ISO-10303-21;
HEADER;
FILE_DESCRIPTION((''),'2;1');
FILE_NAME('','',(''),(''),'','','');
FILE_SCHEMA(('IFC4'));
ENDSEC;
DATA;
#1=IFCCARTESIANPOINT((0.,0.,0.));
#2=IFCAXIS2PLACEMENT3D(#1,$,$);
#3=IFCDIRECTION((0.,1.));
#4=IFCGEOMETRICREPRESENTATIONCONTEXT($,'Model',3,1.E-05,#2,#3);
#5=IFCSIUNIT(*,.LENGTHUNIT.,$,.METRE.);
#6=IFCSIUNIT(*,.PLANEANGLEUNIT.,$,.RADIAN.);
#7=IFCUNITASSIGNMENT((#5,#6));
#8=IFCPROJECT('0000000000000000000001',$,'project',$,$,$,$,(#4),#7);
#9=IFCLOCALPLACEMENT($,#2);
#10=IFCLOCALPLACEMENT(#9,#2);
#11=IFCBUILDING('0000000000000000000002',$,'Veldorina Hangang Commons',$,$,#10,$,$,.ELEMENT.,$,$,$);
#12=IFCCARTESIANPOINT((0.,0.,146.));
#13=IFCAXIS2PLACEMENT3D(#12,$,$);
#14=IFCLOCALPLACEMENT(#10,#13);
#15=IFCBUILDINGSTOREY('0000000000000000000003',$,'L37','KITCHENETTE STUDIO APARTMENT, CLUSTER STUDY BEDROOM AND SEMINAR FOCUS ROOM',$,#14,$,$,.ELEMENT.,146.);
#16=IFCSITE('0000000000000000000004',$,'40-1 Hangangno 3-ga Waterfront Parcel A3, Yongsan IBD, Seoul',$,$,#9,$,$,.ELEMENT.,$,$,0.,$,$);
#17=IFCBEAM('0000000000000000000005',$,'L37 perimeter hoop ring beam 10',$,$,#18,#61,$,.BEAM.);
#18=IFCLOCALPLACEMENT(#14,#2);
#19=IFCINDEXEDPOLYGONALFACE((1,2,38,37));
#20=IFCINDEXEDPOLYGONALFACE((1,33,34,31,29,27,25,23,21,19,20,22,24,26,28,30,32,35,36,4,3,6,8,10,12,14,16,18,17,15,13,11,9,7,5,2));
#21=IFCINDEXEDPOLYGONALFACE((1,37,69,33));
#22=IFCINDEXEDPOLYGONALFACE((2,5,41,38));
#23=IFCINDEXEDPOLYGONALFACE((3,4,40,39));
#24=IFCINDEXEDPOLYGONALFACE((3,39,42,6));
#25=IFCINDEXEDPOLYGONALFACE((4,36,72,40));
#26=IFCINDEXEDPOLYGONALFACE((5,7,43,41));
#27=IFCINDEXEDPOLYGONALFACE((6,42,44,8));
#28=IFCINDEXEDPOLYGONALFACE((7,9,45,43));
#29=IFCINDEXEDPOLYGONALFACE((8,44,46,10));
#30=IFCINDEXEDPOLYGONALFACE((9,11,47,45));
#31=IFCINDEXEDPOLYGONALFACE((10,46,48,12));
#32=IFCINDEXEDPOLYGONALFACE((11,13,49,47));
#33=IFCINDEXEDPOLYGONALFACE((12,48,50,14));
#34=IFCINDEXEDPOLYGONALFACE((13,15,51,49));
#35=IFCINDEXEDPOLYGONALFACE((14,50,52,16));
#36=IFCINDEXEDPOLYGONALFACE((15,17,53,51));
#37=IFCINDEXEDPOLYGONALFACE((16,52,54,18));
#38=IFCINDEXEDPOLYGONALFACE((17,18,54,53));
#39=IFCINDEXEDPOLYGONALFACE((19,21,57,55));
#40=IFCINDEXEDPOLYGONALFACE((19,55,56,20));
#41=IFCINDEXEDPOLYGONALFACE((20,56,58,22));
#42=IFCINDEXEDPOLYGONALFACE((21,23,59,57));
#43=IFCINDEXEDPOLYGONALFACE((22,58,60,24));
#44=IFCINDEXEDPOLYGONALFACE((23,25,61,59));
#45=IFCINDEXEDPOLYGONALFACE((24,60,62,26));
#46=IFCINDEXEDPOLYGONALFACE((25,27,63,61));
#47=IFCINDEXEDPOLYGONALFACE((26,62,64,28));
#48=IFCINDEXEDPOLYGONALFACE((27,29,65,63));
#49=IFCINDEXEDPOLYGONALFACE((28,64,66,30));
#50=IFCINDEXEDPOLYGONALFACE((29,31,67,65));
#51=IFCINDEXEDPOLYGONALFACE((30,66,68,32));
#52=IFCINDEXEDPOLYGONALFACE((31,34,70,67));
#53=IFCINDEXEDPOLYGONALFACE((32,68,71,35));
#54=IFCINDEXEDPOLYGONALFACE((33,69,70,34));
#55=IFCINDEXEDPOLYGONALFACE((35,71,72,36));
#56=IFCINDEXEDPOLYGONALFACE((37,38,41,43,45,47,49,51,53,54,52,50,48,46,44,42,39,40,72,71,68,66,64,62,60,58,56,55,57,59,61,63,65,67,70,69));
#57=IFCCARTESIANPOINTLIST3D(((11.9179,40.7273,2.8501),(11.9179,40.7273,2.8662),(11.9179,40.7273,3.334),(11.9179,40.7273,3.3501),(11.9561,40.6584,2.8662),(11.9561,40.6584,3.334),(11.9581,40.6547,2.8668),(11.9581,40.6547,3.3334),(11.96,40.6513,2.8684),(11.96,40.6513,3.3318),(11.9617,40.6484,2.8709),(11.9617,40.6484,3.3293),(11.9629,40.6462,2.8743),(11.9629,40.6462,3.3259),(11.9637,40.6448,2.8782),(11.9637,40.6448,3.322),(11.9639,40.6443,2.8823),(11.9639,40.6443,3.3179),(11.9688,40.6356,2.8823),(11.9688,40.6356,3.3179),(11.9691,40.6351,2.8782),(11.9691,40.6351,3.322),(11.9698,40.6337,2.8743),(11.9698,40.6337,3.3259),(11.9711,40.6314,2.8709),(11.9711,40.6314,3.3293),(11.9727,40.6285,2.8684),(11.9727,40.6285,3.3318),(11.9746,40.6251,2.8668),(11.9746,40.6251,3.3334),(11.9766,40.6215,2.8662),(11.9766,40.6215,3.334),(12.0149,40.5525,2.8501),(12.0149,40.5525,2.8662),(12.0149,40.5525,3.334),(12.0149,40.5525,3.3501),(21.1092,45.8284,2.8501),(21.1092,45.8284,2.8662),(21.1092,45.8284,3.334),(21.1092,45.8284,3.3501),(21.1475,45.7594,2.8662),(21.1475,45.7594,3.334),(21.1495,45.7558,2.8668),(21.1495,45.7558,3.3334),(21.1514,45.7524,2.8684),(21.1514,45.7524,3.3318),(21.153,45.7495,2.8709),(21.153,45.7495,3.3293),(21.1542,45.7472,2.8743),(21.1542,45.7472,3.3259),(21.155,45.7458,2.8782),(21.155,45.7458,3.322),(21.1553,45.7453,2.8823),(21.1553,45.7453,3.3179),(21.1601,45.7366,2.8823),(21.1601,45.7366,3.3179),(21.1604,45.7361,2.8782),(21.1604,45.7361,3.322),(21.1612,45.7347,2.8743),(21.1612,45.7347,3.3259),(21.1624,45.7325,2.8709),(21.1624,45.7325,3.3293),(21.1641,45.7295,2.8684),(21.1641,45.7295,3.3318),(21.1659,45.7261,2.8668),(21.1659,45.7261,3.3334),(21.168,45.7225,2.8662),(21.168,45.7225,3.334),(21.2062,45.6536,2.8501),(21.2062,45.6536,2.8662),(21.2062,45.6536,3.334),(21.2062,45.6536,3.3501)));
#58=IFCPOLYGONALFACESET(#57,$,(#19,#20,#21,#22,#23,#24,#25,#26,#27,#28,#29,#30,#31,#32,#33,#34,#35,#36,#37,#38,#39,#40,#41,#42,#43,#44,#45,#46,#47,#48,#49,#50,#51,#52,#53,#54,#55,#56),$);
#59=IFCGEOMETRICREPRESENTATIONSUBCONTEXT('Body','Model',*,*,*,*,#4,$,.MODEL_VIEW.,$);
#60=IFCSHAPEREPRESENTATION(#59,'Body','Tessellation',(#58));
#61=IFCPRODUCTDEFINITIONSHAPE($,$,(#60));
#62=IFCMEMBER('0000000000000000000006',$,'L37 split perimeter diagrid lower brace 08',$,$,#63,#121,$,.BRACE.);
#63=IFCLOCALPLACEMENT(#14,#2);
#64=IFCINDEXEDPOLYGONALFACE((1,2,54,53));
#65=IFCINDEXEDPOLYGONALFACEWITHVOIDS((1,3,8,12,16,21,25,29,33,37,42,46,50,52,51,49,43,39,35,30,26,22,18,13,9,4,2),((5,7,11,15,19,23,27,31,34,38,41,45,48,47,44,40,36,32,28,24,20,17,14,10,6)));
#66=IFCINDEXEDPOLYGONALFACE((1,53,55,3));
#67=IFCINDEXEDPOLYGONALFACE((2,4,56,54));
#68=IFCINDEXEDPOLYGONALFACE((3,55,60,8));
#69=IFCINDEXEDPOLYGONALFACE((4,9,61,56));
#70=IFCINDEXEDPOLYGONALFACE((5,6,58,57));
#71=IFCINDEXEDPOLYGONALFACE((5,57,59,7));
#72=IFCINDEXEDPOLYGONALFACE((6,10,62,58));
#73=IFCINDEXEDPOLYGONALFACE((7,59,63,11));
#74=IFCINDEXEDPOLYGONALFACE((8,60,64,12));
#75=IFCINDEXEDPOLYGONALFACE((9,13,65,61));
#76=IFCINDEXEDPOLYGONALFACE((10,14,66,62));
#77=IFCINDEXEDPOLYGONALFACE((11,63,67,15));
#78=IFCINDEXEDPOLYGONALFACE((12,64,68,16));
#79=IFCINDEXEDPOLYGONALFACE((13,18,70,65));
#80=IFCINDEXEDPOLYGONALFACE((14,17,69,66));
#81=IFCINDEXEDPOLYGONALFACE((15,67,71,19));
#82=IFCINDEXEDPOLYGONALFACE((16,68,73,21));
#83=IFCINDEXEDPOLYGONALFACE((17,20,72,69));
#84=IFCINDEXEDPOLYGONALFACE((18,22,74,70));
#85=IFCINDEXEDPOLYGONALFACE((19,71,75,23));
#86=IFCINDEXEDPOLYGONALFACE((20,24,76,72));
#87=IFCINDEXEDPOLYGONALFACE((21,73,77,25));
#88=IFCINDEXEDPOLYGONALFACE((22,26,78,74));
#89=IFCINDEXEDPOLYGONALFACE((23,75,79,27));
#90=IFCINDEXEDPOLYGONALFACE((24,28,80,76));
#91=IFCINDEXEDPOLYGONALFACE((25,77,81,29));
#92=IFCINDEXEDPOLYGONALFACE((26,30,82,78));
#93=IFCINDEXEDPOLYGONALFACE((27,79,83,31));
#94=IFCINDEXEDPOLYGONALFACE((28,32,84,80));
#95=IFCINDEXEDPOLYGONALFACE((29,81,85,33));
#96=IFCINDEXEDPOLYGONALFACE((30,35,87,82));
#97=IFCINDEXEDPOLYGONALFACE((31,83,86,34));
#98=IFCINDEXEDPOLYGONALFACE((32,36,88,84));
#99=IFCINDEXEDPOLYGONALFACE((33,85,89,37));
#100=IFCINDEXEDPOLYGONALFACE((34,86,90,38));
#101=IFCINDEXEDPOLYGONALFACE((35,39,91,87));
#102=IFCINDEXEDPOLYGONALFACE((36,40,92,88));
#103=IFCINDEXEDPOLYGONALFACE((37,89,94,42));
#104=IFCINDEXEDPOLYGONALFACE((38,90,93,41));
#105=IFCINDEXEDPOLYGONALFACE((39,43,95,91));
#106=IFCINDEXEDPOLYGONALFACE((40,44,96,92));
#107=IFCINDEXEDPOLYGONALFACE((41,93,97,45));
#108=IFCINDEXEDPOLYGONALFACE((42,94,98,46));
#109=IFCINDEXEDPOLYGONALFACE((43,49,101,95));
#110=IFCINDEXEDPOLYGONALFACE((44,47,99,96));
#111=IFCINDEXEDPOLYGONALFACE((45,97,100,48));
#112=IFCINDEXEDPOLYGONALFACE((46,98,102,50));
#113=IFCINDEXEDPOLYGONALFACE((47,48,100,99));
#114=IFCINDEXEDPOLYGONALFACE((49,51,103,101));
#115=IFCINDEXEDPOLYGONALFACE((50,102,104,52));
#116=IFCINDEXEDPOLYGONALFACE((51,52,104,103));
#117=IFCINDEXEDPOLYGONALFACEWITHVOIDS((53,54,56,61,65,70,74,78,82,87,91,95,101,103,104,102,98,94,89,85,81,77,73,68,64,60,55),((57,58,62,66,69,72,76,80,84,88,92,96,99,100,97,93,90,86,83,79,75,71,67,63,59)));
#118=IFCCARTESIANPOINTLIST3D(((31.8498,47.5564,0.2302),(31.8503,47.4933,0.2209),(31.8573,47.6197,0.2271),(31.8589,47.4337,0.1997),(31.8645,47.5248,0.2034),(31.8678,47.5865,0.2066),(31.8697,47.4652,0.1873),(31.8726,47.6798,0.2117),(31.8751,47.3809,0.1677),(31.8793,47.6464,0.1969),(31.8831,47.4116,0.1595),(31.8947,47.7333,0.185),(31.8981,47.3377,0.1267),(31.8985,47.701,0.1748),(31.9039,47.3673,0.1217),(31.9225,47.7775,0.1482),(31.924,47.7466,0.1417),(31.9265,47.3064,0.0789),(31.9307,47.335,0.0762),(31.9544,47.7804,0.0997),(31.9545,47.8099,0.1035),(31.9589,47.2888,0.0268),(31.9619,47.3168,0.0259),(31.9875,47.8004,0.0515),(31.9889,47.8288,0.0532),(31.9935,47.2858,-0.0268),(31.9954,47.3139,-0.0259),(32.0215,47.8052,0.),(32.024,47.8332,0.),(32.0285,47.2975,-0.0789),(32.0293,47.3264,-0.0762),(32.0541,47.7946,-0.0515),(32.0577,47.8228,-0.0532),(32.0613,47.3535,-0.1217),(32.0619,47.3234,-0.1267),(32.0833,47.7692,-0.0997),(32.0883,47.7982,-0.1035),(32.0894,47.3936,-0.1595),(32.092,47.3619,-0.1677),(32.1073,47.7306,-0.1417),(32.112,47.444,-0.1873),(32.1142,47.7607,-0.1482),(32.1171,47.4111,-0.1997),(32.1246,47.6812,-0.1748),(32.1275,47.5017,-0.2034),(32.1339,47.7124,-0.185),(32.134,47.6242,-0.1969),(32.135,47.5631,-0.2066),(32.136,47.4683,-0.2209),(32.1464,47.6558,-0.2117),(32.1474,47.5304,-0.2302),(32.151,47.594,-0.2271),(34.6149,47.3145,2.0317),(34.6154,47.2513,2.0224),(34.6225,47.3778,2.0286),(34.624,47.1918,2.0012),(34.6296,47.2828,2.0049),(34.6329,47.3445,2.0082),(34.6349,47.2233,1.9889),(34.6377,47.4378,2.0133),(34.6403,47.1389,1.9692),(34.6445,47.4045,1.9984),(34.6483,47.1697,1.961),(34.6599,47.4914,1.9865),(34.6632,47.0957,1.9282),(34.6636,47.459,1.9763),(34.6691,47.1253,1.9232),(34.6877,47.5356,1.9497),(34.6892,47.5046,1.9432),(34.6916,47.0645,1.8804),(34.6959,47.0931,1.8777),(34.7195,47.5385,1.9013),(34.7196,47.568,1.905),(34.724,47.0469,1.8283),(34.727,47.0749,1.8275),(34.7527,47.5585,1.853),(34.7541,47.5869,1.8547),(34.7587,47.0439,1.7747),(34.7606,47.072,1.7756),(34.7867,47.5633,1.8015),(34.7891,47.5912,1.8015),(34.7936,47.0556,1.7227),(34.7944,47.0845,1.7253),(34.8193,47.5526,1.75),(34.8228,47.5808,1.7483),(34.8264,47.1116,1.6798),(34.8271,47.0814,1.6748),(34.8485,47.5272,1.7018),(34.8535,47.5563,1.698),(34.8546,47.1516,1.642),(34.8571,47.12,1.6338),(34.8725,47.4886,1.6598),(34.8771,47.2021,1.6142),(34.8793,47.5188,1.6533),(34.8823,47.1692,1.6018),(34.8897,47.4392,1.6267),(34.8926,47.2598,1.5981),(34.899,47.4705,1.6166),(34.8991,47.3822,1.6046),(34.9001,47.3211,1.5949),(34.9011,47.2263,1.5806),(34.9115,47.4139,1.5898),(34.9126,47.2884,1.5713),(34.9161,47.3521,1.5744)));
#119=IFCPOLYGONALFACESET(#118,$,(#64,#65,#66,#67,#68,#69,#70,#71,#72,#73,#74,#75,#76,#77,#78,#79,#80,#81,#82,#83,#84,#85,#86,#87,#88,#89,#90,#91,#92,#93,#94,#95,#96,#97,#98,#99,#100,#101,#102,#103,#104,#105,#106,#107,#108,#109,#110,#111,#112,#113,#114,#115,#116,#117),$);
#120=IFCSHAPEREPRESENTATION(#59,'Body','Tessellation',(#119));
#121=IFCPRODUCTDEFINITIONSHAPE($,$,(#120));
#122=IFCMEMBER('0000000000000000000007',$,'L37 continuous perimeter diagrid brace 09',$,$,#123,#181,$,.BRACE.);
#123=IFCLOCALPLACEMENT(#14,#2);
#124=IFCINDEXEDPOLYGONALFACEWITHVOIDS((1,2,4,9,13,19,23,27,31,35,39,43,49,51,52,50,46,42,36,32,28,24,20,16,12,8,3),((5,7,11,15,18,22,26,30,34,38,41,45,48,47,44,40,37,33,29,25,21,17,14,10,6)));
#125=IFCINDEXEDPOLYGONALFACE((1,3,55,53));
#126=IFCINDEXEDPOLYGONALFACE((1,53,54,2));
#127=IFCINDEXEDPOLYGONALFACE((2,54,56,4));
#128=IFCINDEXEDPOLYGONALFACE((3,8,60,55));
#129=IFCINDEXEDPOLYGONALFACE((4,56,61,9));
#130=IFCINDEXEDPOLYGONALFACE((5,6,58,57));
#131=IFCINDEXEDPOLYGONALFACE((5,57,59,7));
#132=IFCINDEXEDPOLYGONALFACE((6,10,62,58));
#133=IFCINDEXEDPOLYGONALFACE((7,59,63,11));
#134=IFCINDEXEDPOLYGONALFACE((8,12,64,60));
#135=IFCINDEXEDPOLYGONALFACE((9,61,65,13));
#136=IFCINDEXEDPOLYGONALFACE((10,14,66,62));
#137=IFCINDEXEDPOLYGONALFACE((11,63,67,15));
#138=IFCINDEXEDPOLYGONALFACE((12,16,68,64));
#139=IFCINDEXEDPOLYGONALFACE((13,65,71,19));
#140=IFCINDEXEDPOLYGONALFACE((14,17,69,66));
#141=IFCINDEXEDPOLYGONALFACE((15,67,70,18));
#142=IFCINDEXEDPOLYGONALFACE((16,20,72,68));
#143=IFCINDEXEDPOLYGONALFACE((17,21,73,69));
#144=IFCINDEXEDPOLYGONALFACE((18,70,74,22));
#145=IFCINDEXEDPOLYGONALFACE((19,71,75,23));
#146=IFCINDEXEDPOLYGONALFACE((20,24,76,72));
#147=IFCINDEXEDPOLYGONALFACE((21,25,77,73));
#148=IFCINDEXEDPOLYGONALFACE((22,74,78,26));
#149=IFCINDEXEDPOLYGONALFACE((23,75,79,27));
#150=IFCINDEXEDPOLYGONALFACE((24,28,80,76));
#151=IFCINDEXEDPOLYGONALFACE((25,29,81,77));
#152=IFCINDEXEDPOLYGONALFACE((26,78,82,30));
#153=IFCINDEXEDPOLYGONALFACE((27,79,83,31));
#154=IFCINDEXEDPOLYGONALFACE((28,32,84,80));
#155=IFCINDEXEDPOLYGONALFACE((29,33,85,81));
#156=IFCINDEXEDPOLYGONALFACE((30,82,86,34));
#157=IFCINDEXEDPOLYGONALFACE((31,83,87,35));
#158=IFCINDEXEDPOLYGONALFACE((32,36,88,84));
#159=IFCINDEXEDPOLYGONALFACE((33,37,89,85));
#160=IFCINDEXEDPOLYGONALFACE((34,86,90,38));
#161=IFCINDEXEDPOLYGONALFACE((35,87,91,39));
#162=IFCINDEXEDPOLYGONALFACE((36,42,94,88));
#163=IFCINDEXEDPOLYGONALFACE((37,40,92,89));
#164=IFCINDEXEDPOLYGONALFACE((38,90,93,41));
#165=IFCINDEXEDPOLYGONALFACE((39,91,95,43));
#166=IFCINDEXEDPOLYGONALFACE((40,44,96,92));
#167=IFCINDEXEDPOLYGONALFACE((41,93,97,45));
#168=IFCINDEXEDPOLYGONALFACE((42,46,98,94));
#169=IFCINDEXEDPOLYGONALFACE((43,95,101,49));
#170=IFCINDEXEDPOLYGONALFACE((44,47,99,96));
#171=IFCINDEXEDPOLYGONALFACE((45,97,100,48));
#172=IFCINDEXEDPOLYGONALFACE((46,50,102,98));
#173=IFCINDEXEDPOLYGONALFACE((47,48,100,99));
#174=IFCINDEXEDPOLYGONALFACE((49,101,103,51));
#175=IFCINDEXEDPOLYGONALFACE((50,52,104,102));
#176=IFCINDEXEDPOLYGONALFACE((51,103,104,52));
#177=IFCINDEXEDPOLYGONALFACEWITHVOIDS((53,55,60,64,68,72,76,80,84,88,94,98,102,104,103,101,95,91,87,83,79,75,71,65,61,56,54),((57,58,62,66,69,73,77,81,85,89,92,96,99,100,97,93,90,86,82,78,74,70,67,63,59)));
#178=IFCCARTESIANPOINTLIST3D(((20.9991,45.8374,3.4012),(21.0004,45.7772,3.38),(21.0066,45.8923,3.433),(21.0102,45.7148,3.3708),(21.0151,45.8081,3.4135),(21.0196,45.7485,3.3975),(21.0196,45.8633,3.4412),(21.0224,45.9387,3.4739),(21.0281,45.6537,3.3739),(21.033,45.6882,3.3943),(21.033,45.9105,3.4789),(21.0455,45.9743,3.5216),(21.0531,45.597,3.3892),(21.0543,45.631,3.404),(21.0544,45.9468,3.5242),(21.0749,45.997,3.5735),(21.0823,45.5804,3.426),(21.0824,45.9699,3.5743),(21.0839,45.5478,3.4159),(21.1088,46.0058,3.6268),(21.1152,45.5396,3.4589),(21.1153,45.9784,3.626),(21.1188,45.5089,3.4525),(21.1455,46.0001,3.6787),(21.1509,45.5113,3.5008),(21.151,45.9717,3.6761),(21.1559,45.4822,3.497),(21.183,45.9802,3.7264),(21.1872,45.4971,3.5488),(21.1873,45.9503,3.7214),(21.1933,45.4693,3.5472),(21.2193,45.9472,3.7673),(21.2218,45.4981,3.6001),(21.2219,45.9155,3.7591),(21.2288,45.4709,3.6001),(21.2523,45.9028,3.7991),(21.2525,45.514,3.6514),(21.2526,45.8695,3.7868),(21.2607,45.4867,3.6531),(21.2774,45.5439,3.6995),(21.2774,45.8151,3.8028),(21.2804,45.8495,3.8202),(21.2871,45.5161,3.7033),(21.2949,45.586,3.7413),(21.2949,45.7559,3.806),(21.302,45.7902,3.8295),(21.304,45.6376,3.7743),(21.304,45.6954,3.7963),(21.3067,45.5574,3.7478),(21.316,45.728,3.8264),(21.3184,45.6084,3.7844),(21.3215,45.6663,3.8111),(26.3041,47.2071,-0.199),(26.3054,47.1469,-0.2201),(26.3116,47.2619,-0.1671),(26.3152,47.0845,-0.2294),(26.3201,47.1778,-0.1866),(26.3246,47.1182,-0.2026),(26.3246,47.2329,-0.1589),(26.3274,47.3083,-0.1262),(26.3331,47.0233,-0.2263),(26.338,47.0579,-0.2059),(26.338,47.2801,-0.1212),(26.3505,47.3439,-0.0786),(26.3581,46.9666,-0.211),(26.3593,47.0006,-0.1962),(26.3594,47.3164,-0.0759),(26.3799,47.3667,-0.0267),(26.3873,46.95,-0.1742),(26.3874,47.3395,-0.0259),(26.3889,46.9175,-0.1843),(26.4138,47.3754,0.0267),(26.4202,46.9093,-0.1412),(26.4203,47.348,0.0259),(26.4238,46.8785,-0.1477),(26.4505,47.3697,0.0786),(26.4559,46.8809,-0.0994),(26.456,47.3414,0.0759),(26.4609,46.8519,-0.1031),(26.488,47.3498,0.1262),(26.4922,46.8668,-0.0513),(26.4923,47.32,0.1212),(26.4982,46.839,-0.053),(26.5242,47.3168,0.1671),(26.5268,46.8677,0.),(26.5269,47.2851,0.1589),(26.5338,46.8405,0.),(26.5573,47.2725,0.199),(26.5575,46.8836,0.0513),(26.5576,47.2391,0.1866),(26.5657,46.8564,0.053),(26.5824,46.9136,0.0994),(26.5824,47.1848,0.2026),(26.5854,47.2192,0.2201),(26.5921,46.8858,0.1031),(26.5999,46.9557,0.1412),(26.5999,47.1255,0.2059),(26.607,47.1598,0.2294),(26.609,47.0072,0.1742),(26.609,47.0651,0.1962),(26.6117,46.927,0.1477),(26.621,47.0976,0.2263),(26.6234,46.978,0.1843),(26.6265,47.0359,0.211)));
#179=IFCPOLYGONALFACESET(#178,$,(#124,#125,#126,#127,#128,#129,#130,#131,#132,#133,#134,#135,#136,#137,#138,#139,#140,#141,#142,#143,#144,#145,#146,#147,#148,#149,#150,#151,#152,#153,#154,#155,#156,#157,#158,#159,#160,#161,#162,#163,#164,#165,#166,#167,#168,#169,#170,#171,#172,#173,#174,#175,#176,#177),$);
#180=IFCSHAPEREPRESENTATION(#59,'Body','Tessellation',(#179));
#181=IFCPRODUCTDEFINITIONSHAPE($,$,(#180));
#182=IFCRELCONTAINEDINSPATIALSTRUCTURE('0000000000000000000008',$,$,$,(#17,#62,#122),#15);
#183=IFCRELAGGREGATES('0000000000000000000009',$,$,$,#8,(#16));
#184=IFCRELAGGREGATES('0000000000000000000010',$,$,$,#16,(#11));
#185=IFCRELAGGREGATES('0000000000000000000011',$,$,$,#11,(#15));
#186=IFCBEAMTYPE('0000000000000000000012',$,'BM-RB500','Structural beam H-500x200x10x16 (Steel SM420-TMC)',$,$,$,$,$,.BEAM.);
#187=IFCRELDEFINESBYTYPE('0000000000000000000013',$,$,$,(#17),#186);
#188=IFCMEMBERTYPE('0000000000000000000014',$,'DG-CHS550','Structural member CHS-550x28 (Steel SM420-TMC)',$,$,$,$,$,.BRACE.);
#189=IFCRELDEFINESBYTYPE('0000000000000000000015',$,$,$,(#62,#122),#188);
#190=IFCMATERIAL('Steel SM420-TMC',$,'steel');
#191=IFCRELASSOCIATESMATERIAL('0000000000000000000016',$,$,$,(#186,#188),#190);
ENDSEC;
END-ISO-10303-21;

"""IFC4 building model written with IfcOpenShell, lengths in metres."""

from ifc_helpers import new_model, si_unit, direction, frame, origin, origin_2d, place, context, subcontext, project, spatial, hollow_circle, i_section, extrude, material, material_profile, profile_set, type_object, element, save


model = new_model("IFC4")

# Units and contexts
model_context = context("Model", 3, precision=1e-05, world=origin(), true_north=direction((0.0, 1.0)))
body_context = subcontext(model_context, "Body", "Model", "MODEL_VIEW")
ifc_project = project(units=[si_unit("LENGTHUNIT", "METRE"), si_unit("PLANEANGLEUNIT", "RADIAN")], contexts=[model_context])

# Site, building, storey
site_placement = place(None, origin())
site = spatial("IfcSite", under=ifc_project, at=site_placement, Name="40-1 Hangangno 3-ga Waterfront Parcel A3, Yongsan IBD, Seoul", CompositionType="ELEMENT", RefElevation=0.0)
building_placement = place(site_placement, origin())
building = spatial("IfcBuilding", under=site, at=building_placement, Name="Veldorina Hangang Commons", CompositionType="ELEMENT")
storey_placement = place(building_placement, frame((0.0, 0.0, 146.0)))
storey = spatial("IfcBuildingStorey", under=building, at=storey_placement, Name="L37", Description="KITCHENETTE STUDIO APARTMENT, CLUSTER STUDY BEDROOM AND SEMINAR FOCUS ROOM", CompositionType="ELEMENT", Elevation=146.0)

# Beam
ifc_material_1 = material(Name="Steel SM420-TMC", Category="steel")
ifc_material_profile_1 = material_profile(ifc_material_1, i_section(OverallWidth=0.2, OverallDepth=0.5, WebThickness=0.01, FlangeThickness=0.0161, FilletRadius=0.0161, at=origin_2d()), Name="H-500x200x10x16")
ifc_profile_set_1 = profile_set([ifc_material_profile_1], Name="Steel SM420-TMC")
beam_type_1 = type_object("IfcBeamType", Name="BM-RB500", Description="Structural beam H-500x200x10x16 (Steel SM420-TMC)", PredefinedType="BEAM", material=ifc_profile_set_1)
beam_1_placement = place(storey_placement, frame((21.1577, 45.741, 3.1001), z_axis=(-0.87437, -0.48526, 0.0), x_axis=(0.48526, -0.87437, 0.0)))
element("IfcBeam", 1, at=beam_1_placement, inside=storey, type_object=beam_type_1, Name="L37 perimeter hoop ring beam 10", PredefinedType="BEAM", context=body_context, shape_type="SweptSolid", body=[
    extrude(i_section(OverallWidth=0.2, OverallDepth=0.5, WebThickness=0.01, FlangeThickness=0.0161, FilletRadius=0.0161, at=origin_2d()), origin(), (0.0, 0.0, 1.0), 10.512),
])

# Members
ifc_material_profile_2 = material_profile(ifc_material_1, hollow_circle(Radius=0.2749, WallThickness=0.0281, at=origin_2d()), Name="CHS-550x28")
ifc_profile_set_2 = profile_set([ifc_material_profile_2], Name="Steel SM420-TMC")
member_type = type_object("IfcMemberType", Name="DG-CHS550", Description="Structural member CHS-550x28 (Steel SM420-TMC)", PredefinedType="BRACE", material=ifc_profile_set_2)
member_1_placement = place(storey_placement, frame((32.0, 47.5593, 0.0), z_axis=(0.835623, -0.073115, 0.544416), x_axis=(0.087165, 0.996194, 0.0)))
element("IfcMember", 2, at=member_1_placement, inside=storey, type_object=member_type, Name="L37 split perimeter diagrid lower brace 08", PredefinedType="BRACE", context=body_context, shape_type="SweptSolid", body=[
    extrude(hollow_circle(Radius=0.2749, WallThickness=0.0281, at=origin_2d()), origin(), (0.0, 0.0, 1.0), 3.3091),
])
member_2_placement = place(storey_placement, frame((26.4651, 47.1067, 0.0), z_axis=(-0.809193, -0.208918, 0.549145), x_axis=(0.249983, -0.96825, 0.0)))
element("IfcMember", 3, at=member_2_placement, inside=storey, type_object=member_type, Name="L37 continuous perimeter diagrid brace 09", PredefinedType="BRACE", context=body_context, shape_type="SweptSolid", body=[
    extrude(hollow_circle(Radius=0.2749, WallThickness=0.0281, at=origin_2d()), origin(), (0.0, 0.0, 1.0), 6.5559),
])

save(model, "model.ifc")
